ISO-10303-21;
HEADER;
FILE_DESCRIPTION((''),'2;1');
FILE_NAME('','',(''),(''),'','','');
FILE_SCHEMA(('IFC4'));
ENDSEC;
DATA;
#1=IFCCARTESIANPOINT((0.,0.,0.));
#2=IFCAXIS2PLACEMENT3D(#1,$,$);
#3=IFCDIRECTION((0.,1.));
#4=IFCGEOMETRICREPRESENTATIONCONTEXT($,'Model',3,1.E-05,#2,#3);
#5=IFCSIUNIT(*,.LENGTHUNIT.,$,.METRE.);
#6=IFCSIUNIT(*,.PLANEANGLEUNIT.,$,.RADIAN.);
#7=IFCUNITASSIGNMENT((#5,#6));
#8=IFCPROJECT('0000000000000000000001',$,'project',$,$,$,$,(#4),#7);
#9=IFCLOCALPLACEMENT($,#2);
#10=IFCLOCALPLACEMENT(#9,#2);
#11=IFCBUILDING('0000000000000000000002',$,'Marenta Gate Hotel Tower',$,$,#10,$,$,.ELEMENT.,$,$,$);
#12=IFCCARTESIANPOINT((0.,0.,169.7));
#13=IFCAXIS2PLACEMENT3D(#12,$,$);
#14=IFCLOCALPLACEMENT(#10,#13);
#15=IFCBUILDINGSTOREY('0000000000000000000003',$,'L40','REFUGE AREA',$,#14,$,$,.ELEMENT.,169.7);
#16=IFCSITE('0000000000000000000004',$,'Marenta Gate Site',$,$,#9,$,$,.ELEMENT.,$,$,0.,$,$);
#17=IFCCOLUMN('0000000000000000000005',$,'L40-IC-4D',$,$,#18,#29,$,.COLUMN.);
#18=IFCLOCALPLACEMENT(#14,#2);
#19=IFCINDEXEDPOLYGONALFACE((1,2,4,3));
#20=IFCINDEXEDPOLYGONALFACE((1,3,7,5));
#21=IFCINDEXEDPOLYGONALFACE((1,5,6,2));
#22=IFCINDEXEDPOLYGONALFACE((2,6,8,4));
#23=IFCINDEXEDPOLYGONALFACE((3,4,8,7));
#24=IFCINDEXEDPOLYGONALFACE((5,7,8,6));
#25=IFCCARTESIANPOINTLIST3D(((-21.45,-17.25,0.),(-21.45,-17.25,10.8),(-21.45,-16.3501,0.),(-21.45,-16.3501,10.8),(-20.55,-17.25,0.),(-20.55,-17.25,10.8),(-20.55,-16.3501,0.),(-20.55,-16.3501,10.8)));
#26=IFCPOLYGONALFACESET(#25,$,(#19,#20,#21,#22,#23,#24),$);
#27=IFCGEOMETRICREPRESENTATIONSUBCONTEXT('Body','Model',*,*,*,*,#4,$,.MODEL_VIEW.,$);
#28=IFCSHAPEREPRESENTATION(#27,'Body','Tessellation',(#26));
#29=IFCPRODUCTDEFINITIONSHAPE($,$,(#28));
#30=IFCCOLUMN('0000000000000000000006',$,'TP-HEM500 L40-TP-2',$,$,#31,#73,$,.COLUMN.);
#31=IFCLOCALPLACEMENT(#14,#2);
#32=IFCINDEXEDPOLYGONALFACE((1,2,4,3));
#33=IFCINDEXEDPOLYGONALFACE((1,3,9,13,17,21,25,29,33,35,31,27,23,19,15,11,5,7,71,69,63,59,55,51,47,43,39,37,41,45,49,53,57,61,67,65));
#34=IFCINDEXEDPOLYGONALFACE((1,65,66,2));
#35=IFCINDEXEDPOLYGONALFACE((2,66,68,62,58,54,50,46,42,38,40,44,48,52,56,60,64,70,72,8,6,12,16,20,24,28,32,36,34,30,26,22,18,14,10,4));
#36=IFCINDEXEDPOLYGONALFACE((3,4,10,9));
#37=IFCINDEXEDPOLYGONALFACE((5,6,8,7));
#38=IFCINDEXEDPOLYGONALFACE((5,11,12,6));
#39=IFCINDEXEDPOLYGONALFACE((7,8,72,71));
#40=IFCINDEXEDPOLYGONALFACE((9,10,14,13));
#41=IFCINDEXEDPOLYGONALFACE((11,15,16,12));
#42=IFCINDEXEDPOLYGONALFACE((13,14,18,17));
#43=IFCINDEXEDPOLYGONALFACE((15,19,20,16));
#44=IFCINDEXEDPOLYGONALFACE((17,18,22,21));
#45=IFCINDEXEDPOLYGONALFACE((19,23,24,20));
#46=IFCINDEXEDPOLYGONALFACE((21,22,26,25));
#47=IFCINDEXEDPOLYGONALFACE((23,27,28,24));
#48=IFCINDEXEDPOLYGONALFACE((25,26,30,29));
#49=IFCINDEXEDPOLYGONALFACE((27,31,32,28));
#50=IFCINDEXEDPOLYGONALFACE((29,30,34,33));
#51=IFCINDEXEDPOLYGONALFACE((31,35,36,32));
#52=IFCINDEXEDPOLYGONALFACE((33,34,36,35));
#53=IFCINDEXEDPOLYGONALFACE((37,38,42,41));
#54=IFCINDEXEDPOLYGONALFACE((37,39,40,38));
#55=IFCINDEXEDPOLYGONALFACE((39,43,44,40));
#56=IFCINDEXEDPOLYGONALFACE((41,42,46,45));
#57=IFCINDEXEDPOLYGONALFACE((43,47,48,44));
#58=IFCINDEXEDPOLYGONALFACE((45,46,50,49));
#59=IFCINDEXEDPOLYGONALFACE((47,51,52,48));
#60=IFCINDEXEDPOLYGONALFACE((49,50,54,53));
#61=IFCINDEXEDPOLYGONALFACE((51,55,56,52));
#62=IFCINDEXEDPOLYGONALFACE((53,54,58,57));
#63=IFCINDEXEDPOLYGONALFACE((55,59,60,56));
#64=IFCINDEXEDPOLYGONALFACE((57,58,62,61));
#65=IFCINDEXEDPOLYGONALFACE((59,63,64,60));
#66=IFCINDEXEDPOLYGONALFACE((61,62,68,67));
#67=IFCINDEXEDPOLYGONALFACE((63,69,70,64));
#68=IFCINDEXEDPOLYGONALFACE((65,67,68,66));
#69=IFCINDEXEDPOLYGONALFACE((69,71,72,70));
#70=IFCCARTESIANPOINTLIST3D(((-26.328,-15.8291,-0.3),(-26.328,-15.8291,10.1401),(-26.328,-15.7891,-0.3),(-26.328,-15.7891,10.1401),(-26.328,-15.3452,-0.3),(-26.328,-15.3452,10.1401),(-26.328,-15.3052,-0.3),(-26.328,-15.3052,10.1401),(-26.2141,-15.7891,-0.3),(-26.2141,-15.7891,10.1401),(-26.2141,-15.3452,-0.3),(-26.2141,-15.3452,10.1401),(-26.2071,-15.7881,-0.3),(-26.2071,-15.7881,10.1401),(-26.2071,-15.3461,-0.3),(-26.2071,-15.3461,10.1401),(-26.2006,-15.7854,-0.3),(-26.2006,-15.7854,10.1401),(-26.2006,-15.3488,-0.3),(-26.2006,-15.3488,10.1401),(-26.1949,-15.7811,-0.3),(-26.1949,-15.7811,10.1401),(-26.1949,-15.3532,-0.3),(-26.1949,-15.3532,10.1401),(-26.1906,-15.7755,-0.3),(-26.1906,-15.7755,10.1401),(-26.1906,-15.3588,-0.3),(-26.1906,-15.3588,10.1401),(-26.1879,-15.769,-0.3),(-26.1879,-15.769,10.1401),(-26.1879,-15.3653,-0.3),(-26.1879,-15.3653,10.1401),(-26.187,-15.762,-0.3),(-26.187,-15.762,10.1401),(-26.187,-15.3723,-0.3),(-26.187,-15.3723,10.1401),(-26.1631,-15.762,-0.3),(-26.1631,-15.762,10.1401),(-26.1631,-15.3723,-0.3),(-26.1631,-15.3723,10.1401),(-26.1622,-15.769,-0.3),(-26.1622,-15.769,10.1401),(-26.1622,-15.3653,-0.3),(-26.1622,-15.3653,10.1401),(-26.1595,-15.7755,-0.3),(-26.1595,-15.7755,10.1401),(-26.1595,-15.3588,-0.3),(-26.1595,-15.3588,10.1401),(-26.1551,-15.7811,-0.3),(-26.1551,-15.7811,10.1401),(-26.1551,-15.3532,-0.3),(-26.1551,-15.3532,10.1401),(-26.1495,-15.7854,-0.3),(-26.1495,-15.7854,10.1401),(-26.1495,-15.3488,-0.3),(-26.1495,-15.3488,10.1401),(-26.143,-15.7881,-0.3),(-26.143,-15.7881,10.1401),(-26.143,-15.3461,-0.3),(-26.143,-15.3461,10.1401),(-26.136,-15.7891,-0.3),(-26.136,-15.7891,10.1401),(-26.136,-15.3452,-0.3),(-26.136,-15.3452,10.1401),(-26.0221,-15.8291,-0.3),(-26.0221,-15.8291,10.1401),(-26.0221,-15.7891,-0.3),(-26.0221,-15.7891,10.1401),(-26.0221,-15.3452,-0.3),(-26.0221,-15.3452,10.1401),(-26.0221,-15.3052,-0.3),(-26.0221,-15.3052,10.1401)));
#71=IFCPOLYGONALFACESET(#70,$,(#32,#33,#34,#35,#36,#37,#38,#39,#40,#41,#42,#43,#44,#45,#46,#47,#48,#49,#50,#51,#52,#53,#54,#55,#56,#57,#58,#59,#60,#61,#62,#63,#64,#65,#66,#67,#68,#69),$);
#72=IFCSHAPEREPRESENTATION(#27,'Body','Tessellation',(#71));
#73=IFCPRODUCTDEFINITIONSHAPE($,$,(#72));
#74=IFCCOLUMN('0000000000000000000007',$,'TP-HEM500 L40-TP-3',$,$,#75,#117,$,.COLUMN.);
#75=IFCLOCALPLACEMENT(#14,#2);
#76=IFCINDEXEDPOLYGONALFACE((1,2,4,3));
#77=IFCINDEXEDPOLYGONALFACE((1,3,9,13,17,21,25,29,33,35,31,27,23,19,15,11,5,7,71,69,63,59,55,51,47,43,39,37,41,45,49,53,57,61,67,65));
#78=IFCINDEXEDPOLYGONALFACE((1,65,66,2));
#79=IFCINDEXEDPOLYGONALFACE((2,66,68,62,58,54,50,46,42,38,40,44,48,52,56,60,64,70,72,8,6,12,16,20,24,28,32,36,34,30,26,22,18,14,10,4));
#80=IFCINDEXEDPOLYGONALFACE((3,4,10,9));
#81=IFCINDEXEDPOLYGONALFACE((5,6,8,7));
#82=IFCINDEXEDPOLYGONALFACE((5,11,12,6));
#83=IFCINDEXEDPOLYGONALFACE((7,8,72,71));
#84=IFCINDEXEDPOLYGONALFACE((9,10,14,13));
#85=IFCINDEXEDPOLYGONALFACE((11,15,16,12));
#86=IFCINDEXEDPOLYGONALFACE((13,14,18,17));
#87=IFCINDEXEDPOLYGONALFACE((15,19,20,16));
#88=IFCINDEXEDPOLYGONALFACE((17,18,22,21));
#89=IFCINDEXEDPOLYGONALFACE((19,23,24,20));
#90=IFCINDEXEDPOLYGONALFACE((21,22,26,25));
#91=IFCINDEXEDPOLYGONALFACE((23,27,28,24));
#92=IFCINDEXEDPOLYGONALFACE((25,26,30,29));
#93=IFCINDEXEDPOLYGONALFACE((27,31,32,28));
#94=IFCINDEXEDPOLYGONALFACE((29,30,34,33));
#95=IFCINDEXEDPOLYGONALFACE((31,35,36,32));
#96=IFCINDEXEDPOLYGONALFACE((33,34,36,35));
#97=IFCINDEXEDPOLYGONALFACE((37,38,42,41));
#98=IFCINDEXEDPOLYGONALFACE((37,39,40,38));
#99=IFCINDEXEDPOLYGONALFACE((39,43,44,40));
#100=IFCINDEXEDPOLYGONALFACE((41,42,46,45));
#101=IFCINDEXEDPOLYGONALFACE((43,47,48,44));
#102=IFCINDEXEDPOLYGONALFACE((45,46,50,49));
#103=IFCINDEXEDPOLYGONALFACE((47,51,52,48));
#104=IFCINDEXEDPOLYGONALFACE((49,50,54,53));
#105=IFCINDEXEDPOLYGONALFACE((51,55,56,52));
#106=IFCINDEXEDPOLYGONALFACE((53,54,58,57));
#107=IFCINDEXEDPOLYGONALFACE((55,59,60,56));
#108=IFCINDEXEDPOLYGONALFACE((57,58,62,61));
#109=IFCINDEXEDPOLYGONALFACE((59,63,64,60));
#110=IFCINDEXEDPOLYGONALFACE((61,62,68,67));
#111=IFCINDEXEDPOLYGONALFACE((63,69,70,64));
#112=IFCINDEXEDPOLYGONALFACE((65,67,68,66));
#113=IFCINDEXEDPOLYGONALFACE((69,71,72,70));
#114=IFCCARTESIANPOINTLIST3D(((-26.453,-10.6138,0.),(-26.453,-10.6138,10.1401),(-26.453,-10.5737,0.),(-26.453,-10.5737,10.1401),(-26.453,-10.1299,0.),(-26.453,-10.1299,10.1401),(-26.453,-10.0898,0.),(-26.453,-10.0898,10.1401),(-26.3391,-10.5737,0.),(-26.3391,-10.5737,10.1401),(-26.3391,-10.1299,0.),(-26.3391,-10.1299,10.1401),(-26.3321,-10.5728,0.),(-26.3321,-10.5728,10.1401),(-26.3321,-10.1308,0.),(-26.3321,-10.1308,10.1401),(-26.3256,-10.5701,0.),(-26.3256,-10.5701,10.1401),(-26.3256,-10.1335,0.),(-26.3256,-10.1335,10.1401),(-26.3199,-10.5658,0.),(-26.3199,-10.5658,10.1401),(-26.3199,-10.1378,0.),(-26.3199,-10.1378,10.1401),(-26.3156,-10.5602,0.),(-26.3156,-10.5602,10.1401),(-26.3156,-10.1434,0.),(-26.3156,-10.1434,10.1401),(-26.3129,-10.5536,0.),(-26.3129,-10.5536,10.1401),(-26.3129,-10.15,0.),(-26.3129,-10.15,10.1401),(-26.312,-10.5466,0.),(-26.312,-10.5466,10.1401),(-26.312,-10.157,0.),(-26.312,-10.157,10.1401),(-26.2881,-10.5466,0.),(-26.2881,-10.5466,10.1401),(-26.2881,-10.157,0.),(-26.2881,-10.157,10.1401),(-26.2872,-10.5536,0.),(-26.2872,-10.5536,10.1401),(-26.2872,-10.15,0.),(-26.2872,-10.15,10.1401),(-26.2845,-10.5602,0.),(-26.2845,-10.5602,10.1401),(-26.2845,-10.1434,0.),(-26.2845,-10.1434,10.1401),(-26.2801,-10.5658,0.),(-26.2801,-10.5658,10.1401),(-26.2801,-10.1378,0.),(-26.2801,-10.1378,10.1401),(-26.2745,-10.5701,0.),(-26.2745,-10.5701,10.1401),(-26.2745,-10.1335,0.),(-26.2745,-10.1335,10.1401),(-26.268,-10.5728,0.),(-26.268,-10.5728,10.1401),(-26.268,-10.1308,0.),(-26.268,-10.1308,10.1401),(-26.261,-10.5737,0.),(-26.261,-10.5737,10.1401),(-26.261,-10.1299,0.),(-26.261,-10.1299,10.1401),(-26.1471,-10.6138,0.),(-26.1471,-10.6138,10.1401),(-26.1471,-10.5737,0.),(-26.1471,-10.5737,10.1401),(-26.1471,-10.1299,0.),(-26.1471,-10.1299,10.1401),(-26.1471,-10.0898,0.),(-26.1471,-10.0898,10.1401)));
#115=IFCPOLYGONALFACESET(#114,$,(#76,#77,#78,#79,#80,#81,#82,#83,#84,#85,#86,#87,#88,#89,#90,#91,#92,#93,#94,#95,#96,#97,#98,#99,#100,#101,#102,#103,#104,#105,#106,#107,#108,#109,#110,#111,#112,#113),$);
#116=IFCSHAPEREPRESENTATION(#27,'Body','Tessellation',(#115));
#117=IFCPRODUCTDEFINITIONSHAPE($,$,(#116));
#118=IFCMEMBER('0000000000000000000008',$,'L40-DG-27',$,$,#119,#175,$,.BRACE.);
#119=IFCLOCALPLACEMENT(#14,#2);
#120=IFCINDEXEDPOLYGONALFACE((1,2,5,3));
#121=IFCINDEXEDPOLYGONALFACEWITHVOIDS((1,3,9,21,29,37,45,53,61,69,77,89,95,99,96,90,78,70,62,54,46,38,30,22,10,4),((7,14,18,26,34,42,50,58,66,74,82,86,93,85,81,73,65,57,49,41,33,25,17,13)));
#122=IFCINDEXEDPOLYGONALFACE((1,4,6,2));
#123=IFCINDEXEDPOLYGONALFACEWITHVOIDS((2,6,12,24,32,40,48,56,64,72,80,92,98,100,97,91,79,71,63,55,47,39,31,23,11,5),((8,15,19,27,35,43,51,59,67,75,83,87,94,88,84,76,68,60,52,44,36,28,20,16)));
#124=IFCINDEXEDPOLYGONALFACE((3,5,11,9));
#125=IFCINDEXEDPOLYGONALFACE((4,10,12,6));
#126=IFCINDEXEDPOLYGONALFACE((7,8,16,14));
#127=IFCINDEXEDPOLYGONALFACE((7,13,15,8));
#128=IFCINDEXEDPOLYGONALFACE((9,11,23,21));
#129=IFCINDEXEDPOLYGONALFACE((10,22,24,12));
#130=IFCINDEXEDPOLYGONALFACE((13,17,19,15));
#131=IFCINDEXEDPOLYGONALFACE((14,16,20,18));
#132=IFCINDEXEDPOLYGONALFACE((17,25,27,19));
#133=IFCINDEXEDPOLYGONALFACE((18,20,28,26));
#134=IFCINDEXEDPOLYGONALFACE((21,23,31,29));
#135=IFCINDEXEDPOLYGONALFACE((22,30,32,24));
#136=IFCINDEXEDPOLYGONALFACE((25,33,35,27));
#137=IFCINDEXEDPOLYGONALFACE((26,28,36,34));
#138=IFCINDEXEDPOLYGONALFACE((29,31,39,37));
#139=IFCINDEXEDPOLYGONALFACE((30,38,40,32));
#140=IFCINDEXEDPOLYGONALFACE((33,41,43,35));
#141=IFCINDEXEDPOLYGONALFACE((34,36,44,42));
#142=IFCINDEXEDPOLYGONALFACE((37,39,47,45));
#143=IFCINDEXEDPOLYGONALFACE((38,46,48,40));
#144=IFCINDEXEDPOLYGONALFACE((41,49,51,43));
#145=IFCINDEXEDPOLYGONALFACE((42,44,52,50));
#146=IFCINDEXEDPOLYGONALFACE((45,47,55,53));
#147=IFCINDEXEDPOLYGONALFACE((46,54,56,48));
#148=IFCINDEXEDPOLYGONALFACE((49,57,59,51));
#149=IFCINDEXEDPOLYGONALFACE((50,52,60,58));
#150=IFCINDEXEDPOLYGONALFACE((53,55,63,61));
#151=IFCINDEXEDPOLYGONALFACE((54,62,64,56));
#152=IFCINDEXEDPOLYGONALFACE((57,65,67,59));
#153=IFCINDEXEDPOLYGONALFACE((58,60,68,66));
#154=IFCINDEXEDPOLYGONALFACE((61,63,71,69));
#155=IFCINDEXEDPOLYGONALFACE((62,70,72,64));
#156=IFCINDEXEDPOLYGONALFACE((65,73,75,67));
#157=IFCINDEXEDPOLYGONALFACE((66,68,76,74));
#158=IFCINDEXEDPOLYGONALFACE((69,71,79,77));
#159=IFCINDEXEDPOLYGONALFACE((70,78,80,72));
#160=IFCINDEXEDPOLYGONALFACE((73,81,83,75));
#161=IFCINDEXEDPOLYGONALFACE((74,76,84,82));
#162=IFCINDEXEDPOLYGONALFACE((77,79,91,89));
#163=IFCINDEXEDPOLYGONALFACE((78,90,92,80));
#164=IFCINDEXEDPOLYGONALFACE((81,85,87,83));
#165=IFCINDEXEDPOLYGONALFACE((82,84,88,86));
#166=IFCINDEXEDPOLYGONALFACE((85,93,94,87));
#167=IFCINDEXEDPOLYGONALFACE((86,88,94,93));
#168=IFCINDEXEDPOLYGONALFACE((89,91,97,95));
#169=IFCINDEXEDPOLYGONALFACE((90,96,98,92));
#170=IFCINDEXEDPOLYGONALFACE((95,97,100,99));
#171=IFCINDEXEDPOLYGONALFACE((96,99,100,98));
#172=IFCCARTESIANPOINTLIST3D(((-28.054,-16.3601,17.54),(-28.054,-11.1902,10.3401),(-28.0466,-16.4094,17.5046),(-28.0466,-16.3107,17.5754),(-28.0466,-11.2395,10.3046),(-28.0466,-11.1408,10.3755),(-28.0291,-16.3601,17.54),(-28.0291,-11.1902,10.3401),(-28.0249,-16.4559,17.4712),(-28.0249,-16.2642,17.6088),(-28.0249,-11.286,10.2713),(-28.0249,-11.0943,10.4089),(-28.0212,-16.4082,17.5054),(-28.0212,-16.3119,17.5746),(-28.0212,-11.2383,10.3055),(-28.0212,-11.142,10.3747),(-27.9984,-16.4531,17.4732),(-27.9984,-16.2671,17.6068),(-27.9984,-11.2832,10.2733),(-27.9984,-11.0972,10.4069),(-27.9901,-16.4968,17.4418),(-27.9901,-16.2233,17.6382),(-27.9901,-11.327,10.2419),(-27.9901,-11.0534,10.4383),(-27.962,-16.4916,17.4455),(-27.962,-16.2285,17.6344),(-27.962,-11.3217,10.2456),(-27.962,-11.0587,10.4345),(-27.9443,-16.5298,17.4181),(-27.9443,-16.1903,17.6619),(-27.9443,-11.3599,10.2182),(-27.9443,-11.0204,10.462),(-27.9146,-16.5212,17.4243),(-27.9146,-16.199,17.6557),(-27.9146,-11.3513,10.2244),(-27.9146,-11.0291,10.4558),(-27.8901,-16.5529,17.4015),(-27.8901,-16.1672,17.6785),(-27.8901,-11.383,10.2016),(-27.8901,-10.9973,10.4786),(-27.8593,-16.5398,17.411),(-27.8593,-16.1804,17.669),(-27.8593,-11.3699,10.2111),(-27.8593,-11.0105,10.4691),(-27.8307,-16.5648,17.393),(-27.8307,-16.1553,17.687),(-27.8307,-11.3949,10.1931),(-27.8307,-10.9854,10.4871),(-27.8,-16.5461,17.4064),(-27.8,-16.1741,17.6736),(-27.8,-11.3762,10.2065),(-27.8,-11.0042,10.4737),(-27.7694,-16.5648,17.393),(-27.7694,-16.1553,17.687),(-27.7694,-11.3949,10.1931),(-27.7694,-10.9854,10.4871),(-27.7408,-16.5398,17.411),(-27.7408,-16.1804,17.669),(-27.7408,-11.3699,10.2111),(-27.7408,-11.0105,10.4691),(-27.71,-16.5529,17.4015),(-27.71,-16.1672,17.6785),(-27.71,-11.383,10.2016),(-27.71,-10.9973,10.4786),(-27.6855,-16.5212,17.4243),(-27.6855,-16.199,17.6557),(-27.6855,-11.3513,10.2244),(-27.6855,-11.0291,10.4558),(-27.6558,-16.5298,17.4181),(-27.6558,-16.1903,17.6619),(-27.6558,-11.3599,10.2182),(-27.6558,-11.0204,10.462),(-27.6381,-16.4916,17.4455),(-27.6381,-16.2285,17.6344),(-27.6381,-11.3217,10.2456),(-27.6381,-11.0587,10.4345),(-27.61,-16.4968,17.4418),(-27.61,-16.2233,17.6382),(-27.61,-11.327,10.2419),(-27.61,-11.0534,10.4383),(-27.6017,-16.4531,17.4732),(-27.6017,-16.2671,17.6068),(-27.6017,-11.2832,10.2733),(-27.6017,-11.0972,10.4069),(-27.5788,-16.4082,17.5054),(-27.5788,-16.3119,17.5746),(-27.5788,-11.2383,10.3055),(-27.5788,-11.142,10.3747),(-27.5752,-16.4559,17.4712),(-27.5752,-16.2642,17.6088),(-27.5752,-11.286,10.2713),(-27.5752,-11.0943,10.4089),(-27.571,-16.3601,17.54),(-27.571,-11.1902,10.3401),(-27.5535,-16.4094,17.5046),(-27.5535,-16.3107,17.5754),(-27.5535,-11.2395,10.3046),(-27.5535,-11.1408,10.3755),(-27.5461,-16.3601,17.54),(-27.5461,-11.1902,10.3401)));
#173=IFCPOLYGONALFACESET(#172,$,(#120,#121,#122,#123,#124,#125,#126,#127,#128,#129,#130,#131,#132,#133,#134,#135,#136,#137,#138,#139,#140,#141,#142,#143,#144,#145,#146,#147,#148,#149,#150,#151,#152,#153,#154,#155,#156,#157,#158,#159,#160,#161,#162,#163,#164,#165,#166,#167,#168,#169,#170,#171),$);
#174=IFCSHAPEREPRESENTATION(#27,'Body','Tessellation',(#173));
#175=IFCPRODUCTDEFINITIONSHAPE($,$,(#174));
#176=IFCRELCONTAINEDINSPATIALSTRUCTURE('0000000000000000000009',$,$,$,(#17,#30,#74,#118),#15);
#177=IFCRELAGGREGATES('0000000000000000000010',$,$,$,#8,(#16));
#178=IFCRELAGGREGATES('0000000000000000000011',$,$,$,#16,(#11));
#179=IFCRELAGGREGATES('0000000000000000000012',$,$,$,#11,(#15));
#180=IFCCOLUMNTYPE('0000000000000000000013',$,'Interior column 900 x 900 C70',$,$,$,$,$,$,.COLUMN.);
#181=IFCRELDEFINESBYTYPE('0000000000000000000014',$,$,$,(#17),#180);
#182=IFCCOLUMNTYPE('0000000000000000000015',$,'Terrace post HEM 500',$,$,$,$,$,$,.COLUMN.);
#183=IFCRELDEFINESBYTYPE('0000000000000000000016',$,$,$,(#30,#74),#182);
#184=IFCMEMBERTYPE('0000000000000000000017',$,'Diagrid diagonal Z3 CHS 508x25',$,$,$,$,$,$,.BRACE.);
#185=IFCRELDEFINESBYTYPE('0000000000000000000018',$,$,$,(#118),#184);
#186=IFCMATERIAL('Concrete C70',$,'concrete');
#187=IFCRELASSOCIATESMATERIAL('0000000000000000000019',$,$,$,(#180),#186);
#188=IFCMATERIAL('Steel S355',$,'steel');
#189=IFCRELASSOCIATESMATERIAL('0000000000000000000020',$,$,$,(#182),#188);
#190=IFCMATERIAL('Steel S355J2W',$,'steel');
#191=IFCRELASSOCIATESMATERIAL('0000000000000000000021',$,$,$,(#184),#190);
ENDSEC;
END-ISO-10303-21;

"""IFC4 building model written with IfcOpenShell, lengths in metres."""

from ifc_helpers import new_model, si_unit, direction, frame, origin, origin_2d, place, context, subcontext, project, spatial, rectangle, hollow_circle, i_section, extrude, material, material_profile, profile_set, type_object, element, save


model = new_model("IFC4")

# Units and contexts
model_context = context("Model", 3, precision=1e-05, world=origin(), true_north=direction((0.0, 1.0)))
body_context = subcontext(model_context, "Body", "Model", "MODEL_VIEW")
ifc_project = project(units=[si_unit("LENGTHUNIT", "METRE"), si_unit("PLANEANGLEUNIT", "RADIAN")], contexts=[model_context])

# Site, building, storey
site_placement = place(None, origin())
site = spatial("IfcSite", under=ifc_project, at=site_placement, Name="Marenta Gate Site", CompositionType="ELEMENT", RefElevation=0.0)
building_placement = place(site_placement, origin())
building = spatial("IfcBuilding", under=site, at=building_placement, Name="Marenta Gate Hotel Tower", CompositionType="ELEMENT")
storey_placement = place(building_placement, frame((0.0, 0.0, 169.7)))
storey = spatial("IfcBuildingStorey", under=building, at=storey_placement, Name="L40", Description="REFUGE AREA", CompositionType="ELEMENT", Elevation=169.7)

# Columns
ifc_material_1 = material(Name="Concrete C70", Category="concrete")
ifc_material_profile_1 = material_profile(ifc_material_1, rectangle(XDim=0.8999, YDim=0.8999, at=origin_2d()), Name="900 x 900")
ifc_profile_set_1 = profile_set([ifc_material_profile_1], Name="Concrete C70")
column_type_1 = type_object("IfcColumnType", Name="Interior column 900 x 900 C70", PredefinedType="COLUMN", material=ifc_profile_set_1)
column_1_placement = place(storey_placement, frame((-21.0, -16.8, 0.0), z_axis=(0.0, 0.0, 1.0), x_axis=(1.0, 0.0, 0.0)))
element("IfcColumn", 1, at=column_1_placement, inside=storey, type_object=column_type_1, Name="L40-IC-4D", PredefinedType="COLUMN", context=body_context, shape_type="SweptSolid", body=[
    extrude(rectangle(XDim=0.8999, YDim=0.8999, at=origin_2d()), origin(), (0.0, 0.0, 1.0), 10.8),
])
ifc_material_2 = material(Name="Steel S355", Category="steel")
ifc_material_profile_2 = material_profile(ifc_material_2, i_section(OverallWidth=0.3059, OverallDepth=0.5239, WebThickness=0.0239, FlangeThickness=0.04, FilletRadius=0.0271, at=origin_2d()), Name="HEM 500")
ifc_profile_set_2 = profile_set([ifc_material_profile_2], Name="Steel S355")
column_type_2 = type_object("IfcColumnType", Name="Terrace post HEM 500", PredefinedType="COLUMN", material=ifc_profile_set_2)
column_2_placement = place(storey_placement, frame((-26.175, -15.5671, -0.3), z_axis=(0.0, 0.0, 1.0), x_axis=(1.0, 0.0, 0.0)))
element("IfcColumn", 2, at=column_2_placement, inside=storey, type_object=column_type_2, Name="TP-HEM500 L40-TP-2", PredefinedType="COLUMN", context=body_context, shape_type="SweptSolid", body=[
    extrude(i_section(OverallWidth=0.3059, OverallDepth=0.5239, WebThickness=0.0239, FlangeThickness=0.04, FilletRadius=0.0271, at=origin_2d()), origin(), (0.0, 0.0, 1.0), 10.4402),
])
column_3_placement = place(storey_placement, frame((-26.3, -10.3518, 0.0), z_axis=(0.0, 0.0, 1.0), x_axis=(1.0, 0.0, 0.0)))
element("IfcColumn", 3, at=column_3_placement, inside=storey, type_object=column_type_2, Name="TP-HEM500 L40-TP-3", PredefinedType="COLUMN", context=body_context, shape_type="SweptSolid", body=[
    extrude(i_section(OverallWidth=0.3059, OverallDepth=0.5239, WebThickness=0.0239, FlangeThickness=0.04, FilletRadius=0.0271, at=origin_2d()), origin(), (0.0, 0.0, 1.0), 10.1401),
])

# Member
ifc_material_3 = material(Name="Steel S355J2W", Category="steel")
ifc_material_profile_3 = material_profile(ifc_material_3, hollow_circle(Radius=0.2539, WallThickness=0.0249, at=origin_2d()), Name="CHS 508x25")
ifc_profile_set_3 = profile_set([ifc_material_profile_3], Name="Steel S355J2W")
member_type_1 = type_object("IfcMemberType", Name="Diagrid diagonal Z3 CHS 508x25", PredefinedType="BRACE", material=ifc_profile_set_3)
member_1_placement = place(storey_placement, frame((-27.8, -11.1902, 10.3401), z_axis=(0.0, -0.583261, 0.812285), x_axis=(1.0, 0.0, 0.0)))
element("IfcMember", 4, at=member_1_placement, inside=storey, type_object=member_type_1, Name="L40-DG-27", PredefinedType="BRACE", context=body_context, shape_type="SweptSolid", body=[
    extrude(hollow_circle(Radius=0.2539, WallThickness=0.0249, at=origin_2d()), origin(), (0.0, 0.0, 1.0), 8.8638),
])

save(model, "model.ifc")
